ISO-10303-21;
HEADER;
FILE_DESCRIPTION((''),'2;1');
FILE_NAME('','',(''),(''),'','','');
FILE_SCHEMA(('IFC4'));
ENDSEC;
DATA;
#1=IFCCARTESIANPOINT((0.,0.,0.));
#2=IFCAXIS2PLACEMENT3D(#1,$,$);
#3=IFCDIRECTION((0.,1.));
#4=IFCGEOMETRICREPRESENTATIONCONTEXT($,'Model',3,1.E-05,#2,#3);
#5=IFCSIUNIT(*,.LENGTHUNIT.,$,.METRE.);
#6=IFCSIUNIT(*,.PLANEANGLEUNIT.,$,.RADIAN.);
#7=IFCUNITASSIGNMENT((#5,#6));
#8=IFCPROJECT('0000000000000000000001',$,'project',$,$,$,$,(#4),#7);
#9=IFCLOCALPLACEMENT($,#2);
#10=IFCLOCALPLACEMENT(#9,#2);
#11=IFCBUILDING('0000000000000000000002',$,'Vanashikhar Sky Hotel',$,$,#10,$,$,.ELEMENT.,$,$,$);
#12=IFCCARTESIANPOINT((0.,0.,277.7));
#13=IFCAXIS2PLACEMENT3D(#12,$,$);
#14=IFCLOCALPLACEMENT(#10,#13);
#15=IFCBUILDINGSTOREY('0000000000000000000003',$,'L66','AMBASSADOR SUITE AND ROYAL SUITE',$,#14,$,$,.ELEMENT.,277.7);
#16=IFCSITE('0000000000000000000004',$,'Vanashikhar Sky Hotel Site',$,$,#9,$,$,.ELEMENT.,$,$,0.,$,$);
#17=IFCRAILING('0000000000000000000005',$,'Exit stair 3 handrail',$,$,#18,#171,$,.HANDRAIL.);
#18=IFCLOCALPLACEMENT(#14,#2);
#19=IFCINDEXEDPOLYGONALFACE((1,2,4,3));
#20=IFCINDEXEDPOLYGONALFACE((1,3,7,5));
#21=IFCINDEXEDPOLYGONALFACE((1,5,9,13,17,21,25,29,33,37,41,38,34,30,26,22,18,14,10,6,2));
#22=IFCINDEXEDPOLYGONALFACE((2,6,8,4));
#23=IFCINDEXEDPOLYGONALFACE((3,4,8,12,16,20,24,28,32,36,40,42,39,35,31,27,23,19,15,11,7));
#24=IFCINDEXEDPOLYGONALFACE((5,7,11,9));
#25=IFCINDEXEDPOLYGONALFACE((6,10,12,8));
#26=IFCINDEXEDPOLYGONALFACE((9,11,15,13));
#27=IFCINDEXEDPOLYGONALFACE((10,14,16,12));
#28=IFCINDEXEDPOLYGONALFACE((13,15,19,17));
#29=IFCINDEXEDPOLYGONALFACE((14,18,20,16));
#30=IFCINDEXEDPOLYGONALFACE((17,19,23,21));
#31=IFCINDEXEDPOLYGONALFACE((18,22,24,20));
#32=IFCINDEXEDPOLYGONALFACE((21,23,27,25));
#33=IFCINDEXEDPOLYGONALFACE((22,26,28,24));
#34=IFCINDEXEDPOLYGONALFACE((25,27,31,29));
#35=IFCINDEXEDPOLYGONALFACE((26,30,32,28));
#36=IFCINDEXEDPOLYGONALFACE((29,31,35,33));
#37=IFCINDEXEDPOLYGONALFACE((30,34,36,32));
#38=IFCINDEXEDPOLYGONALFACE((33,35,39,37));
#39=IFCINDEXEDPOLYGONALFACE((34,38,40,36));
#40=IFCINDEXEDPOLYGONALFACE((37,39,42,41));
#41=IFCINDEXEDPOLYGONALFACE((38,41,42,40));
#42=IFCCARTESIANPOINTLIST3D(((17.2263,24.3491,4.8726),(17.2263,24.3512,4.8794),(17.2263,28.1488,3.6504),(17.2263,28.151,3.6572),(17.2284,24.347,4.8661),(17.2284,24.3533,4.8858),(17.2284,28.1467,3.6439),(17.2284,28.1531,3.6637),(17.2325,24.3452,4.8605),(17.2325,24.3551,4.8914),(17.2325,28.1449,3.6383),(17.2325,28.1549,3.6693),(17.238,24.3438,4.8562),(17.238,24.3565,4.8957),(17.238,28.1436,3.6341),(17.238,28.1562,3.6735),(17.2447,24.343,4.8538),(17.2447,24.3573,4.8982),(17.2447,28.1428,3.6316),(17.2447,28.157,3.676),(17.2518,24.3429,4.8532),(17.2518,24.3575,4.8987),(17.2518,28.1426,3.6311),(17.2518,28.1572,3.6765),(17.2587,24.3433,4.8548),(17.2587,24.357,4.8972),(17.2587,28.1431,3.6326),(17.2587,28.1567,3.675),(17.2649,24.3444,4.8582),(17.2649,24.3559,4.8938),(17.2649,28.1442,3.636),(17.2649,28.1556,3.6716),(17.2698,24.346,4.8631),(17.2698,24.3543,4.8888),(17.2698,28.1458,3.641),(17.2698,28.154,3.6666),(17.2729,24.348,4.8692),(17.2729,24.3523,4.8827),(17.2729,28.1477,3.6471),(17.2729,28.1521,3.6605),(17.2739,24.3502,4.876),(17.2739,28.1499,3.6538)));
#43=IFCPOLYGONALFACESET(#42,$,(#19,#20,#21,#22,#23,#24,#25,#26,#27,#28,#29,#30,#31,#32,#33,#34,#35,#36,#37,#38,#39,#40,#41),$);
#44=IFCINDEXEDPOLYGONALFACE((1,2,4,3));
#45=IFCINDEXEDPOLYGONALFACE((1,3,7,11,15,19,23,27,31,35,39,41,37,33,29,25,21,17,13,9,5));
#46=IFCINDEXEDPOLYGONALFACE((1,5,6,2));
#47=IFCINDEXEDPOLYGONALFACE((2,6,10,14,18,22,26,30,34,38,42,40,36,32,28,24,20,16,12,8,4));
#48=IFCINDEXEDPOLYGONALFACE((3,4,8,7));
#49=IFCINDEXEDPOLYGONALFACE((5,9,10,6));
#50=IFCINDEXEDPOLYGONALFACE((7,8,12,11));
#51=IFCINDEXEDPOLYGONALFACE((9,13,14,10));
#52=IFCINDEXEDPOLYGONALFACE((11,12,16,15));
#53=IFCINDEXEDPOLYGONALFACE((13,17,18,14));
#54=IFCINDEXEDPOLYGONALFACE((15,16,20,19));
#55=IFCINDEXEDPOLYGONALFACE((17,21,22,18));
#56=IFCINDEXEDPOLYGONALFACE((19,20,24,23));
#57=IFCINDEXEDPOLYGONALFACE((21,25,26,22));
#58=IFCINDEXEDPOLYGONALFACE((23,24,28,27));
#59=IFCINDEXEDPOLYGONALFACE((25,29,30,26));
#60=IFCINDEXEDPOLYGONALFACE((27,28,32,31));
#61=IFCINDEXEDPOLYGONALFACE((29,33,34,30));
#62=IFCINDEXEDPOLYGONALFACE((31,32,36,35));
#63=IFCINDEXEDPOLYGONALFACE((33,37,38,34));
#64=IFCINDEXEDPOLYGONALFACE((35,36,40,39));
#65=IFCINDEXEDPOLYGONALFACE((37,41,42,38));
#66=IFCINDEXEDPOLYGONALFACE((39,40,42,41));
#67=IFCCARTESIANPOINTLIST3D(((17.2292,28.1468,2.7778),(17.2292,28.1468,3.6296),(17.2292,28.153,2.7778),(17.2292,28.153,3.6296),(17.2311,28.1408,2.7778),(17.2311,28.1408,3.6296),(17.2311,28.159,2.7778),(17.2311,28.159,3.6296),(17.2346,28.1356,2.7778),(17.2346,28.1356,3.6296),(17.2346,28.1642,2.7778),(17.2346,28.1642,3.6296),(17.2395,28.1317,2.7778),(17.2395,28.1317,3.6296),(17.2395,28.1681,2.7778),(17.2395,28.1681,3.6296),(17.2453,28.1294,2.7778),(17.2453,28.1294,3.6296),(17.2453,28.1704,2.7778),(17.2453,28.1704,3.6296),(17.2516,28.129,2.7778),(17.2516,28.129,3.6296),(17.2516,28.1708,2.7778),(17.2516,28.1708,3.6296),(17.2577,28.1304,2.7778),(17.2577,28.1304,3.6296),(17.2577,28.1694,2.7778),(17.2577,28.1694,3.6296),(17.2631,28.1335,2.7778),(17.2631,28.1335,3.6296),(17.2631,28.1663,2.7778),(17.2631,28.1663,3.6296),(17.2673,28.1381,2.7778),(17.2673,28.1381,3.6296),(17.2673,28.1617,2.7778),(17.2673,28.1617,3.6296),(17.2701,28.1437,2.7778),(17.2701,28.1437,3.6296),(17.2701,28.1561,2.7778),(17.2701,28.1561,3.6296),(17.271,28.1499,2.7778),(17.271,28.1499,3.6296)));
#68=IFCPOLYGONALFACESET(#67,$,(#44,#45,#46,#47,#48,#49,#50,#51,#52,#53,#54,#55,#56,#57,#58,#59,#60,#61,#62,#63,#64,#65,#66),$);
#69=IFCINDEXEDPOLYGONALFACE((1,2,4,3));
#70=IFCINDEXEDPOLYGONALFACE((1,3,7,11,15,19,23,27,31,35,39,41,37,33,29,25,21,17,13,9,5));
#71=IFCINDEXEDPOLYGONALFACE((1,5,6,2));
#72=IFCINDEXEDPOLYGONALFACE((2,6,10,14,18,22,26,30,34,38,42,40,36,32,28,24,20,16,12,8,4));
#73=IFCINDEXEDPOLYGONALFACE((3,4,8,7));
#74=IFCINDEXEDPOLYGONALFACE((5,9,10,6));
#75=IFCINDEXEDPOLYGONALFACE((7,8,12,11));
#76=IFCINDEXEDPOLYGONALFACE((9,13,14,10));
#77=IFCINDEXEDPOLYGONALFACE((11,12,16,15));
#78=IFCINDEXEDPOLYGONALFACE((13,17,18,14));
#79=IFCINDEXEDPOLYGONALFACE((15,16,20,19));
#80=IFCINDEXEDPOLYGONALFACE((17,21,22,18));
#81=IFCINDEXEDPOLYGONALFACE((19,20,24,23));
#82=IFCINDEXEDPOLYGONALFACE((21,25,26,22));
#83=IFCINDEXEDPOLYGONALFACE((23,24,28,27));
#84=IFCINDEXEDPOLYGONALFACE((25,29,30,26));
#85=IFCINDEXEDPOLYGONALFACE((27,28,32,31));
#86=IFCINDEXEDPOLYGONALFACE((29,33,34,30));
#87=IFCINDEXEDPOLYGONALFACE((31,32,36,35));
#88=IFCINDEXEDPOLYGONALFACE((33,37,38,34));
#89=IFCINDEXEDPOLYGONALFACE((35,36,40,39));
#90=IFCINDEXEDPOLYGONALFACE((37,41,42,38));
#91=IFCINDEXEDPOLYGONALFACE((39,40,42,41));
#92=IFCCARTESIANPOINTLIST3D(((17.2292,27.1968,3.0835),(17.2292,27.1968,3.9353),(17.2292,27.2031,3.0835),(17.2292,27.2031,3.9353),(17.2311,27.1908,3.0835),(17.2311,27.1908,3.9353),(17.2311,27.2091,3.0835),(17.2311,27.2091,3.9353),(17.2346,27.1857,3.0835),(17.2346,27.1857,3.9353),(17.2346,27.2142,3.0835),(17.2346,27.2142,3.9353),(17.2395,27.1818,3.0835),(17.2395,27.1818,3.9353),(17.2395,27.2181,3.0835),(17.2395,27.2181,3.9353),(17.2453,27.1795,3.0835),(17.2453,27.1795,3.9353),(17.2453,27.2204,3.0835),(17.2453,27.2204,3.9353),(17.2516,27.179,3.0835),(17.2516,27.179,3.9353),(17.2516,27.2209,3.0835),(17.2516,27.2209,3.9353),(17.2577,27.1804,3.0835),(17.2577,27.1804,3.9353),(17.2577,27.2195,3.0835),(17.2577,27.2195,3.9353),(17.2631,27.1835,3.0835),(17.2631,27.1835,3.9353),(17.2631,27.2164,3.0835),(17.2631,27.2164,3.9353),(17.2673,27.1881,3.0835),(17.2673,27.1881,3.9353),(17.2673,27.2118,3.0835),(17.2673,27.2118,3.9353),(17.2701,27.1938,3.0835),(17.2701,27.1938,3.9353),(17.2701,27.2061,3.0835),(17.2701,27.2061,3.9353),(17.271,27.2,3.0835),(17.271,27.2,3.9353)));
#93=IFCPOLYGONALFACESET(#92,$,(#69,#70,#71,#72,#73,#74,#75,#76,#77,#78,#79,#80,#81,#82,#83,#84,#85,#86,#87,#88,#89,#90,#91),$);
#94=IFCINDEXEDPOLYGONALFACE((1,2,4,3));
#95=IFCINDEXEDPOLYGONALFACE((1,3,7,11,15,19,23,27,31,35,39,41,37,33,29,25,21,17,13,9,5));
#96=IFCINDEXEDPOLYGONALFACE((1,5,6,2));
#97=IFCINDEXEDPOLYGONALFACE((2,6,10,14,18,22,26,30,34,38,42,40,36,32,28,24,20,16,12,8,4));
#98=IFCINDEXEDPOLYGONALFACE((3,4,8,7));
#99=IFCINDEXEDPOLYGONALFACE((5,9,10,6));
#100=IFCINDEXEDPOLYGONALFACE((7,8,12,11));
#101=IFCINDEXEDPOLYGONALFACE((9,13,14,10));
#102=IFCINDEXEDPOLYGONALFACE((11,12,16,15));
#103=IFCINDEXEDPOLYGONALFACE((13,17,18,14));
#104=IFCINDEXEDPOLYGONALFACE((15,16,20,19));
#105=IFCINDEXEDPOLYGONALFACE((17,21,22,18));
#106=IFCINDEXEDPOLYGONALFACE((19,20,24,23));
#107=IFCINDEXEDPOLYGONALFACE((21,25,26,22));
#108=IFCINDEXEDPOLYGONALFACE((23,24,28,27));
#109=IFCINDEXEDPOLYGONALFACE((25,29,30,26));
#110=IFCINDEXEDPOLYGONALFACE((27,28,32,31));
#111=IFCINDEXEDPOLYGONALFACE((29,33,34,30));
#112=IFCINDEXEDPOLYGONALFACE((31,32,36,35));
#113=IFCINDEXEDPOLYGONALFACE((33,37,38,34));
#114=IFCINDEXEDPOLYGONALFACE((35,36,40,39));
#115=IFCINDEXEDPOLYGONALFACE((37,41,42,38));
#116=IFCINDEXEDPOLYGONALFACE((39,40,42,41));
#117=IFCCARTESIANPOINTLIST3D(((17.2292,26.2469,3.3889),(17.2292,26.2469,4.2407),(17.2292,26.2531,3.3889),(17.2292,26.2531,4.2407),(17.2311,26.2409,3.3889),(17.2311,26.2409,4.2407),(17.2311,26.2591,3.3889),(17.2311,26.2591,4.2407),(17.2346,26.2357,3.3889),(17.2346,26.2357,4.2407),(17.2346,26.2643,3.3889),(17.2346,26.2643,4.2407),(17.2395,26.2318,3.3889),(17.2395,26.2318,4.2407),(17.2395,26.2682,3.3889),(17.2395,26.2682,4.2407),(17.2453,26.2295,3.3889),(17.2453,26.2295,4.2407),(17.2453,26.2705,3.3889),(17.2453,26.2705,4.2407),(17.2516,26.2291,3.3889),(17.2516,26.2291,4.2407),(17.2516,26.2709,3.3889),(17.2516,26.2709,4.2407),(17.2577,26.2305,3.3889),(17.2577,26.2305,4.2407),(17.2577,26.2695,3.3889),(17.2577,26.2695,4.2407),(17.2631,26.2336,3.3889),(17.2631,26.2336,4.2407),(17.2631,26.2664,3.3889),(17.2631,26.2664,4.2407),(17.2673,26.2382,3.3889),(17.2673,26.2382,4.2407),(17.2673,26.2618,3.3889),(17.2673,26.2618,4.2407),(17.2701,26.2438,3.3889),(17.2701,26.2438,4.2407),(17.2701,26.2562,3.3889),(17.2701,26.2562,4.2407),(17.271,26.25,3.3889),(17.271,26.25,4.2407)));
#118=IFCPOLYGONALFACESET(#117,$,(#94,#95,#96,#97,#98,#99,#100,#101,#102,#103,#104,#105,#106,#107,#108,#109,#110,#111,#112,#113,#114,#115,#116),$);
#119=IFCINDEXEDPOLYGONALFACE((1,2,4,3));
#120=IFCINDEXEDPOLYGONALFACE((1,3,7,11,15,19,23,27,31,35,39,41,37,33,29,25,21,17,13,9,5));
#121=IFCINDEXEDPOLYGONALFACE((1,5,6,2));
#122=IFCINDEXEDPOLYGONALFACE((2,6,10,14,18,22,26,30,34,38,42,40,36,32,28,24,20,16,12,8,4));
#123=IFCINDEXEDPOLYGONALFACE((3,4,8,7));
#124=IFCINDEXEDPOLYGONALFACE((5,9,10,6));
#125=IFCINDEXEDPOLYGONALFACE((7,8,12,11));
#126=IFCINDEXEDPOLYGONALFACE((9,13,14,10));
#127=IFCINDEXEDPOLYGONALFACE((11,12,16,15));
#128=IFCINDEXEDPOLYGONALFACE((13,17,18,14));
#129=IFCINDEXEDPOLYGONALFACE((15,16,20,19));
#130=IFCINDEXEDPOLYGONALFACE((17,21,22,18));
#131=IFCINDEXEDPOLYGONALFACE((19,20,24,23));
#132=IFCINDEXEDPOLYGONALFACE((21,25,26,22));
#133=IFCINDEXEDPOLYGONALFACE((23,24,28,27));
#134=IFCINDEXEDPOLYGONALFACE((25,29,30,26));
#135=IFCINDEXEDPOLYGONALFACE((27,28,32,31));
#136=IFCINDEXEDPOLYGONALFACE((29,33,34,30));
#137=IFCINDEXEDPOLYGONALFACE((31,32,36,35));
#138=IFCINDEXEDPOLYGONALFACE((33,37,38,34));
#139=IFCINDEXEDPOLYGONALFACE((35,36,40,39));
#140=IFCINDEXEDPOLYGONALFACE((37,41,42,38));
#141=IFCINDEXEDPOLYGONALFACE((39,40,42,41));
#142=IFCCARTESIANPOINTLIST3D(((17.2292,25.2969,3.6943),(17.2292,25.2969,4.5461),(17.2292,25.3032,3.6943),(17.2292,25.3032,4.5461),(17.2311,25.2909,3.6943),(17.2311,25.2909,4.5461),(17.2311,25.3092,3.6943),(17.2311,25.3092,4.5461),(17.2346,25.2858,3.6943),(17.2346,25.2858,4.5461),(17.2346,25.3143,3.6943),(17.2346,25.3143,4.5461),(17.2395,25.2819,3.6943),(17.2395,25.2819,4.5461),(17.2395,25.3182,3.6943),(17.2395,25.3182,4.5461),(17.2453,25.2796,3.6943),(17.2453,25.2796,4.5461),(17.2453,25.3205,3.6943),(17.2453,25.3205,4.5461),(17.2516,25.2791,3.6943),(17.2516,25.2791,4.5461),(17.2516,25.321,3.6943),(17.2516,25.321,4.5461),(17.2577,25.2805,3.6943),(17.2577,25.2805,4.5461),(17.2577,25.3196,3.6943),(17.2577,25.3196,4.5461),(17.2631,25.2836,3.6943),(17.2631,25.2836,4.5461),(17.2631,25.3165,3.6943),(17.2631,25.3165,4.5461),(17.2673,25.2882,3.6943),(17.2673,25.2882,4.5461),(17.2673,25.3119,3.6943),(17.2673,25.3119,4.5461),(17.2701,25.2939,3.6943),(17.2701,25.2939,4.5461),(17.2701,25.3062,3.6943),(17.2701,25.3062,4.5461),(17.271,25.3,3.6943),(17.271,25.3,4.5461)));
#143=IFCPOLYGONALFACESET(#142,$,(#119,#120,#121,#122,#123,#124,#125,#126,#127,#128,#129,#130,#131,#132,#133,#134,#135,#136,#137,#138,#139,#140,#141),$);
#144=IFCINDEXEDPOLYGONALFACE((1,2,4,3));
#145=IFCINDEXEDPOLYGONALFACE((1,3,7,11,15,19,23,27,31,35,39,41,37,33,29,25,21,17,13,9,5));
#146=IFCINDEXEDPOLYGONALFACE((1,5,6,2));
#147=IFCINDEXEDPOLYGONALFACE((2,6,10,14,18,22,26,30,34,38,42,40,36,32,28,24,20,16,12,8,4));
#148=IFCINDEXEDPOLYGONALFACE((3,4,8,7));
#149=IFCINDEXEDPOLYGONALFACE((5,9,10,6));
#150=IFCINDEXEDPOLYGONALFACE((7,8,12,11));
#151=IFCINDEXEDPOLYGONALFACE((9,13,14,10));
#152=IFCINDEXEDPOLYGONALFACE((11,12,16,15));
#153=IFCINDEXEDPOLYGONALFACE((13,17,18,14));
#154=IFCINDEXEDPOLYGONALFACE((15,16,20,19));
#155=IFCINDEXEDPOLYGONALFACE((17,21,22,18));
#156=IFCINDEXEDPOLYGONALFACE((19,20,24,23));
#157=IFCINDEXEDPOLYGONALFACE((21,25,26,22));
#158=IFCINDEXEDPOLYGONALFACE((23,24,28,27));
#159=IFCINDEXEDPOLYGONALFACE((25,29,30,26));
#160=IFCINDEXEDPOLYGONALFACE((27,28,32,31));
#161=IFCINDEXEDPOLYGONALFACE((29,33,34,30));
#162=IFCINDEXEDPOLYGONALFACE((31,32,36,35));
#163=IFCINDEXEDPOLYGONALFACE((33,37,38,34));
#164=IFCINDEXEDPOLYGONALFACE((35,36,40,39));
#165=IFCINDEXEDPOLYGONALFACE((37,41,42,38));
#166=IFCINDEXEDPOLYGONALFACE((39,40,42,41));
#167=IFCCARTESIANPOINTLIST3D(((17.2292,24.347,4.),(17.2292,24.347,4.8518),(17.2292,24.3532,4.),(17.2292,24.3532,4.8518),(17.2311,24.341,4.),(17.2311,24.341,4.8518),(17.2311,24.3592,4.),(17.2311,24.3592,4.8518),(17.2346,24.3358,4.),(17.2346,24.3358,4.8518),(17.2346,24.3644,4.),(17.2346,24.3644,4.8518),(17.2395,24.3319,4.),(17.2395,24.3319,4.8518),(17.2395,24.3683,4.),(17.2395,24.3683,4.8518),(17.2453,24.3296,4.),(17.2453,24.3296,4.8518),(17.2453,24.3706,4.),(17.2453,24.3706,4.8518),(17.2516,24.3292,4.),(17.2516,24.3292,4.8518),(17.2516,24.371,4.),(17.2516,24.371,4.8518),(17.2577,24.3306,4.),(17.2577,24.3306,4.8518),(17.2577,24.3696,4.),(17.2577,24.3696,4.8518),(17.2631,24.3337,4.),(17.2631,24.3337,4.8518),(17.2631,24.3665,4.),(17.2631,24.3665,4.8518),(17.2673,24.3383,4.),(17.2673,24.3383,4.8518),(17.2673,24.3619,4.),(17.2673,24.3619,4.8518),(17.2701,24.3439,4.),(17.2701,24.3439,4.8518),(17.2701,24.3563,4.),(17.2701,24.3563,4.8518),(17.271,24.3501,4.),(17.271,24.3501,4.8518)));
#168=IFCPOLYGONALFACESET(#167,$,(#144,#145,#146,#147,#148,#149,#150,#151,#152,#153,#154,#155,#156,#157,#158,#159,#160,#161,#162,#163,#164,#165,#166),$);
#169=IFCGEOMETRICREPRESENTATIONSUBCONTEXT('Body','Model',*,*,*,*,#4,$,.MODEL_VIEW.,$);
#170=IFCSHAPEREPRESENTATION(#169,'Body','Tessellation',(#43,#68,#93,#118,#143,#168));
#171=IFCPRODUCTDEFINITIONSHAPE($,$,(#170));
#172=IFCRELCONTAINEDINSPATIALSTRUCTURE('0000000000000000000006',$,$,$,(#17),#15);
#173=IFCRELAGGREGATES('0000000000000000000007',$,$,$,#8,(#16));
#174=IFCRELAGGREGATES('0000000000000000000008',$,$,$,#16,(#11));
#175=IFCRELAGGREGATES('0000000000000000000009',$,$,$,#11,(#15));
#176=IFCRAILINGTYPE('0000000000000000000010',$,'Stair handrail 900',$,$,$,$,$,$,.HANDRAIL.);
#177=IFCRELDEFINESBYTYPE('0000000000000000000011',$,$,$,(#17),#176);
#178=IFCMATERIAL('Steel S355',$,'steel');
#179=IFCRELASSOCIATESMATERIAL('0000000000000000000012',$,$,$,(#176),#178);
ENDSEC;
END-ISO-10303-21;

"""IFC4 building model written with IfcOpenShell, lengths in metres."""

from ifc_helpers import new_model, si_unit, direction, frame, origin, origin_2d, place, context, subcontext, project, spatial, circle, extrude, source, transform, mapped, material, type_object, element, save


model = new_model("IFC4")

# Units and contexts
model_context = context("Model", 3, precision=1e-05, world=origin(), true_north=direction((0.0, 1.0)))
body_context = subcontext(model_context, "Body", "Model", "MODEL_VIEW")
ifc_project = project(units=[si_unit("LENGTHUNIT", "METRE"), si_unit("PLANEANGLEUNIT", "RADIAN")], contexts=[model_context])

# Site, building, storey
site_placement = place(None, origin())
site = spatial("IfcSite", under=ifc_project, at=site_placement, Name="Vanashikhar Sky Hotel Site", CompositionType="ELEMENT", RefElevation=0.0)
building_placement = place(site_placement, origin())
building = spatial("IfcBuilding", under=site, at=building_placement, Name="Vanashikhar Sky Hotel", CompositionType="ELEMENT")
storey_placement = place(building_placement, frame((0.0, 0.0, 277.7)))
storey = spatial("IfcBuildingStorey", under=building, at=storey_placement, Name="L66", Description="AMBASSADOR SUITE AND ROYAL SUITE", CompositionType="ELEMENT", Elevation=277.7)

# Railing
ifc_material_1 = material(Name="Steel S355", Category="steel")
railing_type = type_object("IfcRailingType", Name="Stair handrail 900", PredefinedType="HANDRAIL", material=ifc_material_1)
shared_shape_1 = source(origin(), body_context, "Body", "SweptSolid", [
    extrude(circle(Radius=0.0239, at=origin_2d()), frame((0.0, 0.0, 0.876), z_axis=(0.0, -0.95197, 0.306191), x_axis=(1.0, 0.0, 0.0)), (0.0, 0.0, 1.0), 3.9915),
    extrude(circle(Radius=0.021, at=origin_2d()), origin(), (0.0, 0.0, 1.0), 0.8518),
    extrude(circle(Radius=0.021, at=origin_2d()), frame((0.0, -0.95, 0.3057)), (0.0, 0.0, 1.0), 0.8518),
    extrude(circle(Radius=0.021, at=origin_2d()), frame((0.0, -1.8999, 0.6111)), (0.0, 0.0, 1.0), 0.8518),
    extrude(circle(Radius=0.021, at=origin_2d()), frame((0.0, -2.8499, 0.9165)), (0.0, 0.0, 1.0), 0.8518),
    extrude(circle(Radius=0.021, at=origin_2d()), frame((0.0, -3.7998, 1.2222)), (0.0, 0.0, 1.0), 0.8518),
])
railing_1_placement = place(storey_placement, frame((17.25, 28.1499, 2.7778)))
element("IfcRailing", 1, at=railing_1_placement, inside=storey, type_object=railing_type, Name="Exit stair 3 handrail", PredefinedType="HANDRAIL", context=body_context, shape_type="MappedRepresentation", body=[
    mapped(shared_shape_1, transform((0.0, 0.0, 0.0), scale=1.0)),
])

save(model, "model.ifc")
